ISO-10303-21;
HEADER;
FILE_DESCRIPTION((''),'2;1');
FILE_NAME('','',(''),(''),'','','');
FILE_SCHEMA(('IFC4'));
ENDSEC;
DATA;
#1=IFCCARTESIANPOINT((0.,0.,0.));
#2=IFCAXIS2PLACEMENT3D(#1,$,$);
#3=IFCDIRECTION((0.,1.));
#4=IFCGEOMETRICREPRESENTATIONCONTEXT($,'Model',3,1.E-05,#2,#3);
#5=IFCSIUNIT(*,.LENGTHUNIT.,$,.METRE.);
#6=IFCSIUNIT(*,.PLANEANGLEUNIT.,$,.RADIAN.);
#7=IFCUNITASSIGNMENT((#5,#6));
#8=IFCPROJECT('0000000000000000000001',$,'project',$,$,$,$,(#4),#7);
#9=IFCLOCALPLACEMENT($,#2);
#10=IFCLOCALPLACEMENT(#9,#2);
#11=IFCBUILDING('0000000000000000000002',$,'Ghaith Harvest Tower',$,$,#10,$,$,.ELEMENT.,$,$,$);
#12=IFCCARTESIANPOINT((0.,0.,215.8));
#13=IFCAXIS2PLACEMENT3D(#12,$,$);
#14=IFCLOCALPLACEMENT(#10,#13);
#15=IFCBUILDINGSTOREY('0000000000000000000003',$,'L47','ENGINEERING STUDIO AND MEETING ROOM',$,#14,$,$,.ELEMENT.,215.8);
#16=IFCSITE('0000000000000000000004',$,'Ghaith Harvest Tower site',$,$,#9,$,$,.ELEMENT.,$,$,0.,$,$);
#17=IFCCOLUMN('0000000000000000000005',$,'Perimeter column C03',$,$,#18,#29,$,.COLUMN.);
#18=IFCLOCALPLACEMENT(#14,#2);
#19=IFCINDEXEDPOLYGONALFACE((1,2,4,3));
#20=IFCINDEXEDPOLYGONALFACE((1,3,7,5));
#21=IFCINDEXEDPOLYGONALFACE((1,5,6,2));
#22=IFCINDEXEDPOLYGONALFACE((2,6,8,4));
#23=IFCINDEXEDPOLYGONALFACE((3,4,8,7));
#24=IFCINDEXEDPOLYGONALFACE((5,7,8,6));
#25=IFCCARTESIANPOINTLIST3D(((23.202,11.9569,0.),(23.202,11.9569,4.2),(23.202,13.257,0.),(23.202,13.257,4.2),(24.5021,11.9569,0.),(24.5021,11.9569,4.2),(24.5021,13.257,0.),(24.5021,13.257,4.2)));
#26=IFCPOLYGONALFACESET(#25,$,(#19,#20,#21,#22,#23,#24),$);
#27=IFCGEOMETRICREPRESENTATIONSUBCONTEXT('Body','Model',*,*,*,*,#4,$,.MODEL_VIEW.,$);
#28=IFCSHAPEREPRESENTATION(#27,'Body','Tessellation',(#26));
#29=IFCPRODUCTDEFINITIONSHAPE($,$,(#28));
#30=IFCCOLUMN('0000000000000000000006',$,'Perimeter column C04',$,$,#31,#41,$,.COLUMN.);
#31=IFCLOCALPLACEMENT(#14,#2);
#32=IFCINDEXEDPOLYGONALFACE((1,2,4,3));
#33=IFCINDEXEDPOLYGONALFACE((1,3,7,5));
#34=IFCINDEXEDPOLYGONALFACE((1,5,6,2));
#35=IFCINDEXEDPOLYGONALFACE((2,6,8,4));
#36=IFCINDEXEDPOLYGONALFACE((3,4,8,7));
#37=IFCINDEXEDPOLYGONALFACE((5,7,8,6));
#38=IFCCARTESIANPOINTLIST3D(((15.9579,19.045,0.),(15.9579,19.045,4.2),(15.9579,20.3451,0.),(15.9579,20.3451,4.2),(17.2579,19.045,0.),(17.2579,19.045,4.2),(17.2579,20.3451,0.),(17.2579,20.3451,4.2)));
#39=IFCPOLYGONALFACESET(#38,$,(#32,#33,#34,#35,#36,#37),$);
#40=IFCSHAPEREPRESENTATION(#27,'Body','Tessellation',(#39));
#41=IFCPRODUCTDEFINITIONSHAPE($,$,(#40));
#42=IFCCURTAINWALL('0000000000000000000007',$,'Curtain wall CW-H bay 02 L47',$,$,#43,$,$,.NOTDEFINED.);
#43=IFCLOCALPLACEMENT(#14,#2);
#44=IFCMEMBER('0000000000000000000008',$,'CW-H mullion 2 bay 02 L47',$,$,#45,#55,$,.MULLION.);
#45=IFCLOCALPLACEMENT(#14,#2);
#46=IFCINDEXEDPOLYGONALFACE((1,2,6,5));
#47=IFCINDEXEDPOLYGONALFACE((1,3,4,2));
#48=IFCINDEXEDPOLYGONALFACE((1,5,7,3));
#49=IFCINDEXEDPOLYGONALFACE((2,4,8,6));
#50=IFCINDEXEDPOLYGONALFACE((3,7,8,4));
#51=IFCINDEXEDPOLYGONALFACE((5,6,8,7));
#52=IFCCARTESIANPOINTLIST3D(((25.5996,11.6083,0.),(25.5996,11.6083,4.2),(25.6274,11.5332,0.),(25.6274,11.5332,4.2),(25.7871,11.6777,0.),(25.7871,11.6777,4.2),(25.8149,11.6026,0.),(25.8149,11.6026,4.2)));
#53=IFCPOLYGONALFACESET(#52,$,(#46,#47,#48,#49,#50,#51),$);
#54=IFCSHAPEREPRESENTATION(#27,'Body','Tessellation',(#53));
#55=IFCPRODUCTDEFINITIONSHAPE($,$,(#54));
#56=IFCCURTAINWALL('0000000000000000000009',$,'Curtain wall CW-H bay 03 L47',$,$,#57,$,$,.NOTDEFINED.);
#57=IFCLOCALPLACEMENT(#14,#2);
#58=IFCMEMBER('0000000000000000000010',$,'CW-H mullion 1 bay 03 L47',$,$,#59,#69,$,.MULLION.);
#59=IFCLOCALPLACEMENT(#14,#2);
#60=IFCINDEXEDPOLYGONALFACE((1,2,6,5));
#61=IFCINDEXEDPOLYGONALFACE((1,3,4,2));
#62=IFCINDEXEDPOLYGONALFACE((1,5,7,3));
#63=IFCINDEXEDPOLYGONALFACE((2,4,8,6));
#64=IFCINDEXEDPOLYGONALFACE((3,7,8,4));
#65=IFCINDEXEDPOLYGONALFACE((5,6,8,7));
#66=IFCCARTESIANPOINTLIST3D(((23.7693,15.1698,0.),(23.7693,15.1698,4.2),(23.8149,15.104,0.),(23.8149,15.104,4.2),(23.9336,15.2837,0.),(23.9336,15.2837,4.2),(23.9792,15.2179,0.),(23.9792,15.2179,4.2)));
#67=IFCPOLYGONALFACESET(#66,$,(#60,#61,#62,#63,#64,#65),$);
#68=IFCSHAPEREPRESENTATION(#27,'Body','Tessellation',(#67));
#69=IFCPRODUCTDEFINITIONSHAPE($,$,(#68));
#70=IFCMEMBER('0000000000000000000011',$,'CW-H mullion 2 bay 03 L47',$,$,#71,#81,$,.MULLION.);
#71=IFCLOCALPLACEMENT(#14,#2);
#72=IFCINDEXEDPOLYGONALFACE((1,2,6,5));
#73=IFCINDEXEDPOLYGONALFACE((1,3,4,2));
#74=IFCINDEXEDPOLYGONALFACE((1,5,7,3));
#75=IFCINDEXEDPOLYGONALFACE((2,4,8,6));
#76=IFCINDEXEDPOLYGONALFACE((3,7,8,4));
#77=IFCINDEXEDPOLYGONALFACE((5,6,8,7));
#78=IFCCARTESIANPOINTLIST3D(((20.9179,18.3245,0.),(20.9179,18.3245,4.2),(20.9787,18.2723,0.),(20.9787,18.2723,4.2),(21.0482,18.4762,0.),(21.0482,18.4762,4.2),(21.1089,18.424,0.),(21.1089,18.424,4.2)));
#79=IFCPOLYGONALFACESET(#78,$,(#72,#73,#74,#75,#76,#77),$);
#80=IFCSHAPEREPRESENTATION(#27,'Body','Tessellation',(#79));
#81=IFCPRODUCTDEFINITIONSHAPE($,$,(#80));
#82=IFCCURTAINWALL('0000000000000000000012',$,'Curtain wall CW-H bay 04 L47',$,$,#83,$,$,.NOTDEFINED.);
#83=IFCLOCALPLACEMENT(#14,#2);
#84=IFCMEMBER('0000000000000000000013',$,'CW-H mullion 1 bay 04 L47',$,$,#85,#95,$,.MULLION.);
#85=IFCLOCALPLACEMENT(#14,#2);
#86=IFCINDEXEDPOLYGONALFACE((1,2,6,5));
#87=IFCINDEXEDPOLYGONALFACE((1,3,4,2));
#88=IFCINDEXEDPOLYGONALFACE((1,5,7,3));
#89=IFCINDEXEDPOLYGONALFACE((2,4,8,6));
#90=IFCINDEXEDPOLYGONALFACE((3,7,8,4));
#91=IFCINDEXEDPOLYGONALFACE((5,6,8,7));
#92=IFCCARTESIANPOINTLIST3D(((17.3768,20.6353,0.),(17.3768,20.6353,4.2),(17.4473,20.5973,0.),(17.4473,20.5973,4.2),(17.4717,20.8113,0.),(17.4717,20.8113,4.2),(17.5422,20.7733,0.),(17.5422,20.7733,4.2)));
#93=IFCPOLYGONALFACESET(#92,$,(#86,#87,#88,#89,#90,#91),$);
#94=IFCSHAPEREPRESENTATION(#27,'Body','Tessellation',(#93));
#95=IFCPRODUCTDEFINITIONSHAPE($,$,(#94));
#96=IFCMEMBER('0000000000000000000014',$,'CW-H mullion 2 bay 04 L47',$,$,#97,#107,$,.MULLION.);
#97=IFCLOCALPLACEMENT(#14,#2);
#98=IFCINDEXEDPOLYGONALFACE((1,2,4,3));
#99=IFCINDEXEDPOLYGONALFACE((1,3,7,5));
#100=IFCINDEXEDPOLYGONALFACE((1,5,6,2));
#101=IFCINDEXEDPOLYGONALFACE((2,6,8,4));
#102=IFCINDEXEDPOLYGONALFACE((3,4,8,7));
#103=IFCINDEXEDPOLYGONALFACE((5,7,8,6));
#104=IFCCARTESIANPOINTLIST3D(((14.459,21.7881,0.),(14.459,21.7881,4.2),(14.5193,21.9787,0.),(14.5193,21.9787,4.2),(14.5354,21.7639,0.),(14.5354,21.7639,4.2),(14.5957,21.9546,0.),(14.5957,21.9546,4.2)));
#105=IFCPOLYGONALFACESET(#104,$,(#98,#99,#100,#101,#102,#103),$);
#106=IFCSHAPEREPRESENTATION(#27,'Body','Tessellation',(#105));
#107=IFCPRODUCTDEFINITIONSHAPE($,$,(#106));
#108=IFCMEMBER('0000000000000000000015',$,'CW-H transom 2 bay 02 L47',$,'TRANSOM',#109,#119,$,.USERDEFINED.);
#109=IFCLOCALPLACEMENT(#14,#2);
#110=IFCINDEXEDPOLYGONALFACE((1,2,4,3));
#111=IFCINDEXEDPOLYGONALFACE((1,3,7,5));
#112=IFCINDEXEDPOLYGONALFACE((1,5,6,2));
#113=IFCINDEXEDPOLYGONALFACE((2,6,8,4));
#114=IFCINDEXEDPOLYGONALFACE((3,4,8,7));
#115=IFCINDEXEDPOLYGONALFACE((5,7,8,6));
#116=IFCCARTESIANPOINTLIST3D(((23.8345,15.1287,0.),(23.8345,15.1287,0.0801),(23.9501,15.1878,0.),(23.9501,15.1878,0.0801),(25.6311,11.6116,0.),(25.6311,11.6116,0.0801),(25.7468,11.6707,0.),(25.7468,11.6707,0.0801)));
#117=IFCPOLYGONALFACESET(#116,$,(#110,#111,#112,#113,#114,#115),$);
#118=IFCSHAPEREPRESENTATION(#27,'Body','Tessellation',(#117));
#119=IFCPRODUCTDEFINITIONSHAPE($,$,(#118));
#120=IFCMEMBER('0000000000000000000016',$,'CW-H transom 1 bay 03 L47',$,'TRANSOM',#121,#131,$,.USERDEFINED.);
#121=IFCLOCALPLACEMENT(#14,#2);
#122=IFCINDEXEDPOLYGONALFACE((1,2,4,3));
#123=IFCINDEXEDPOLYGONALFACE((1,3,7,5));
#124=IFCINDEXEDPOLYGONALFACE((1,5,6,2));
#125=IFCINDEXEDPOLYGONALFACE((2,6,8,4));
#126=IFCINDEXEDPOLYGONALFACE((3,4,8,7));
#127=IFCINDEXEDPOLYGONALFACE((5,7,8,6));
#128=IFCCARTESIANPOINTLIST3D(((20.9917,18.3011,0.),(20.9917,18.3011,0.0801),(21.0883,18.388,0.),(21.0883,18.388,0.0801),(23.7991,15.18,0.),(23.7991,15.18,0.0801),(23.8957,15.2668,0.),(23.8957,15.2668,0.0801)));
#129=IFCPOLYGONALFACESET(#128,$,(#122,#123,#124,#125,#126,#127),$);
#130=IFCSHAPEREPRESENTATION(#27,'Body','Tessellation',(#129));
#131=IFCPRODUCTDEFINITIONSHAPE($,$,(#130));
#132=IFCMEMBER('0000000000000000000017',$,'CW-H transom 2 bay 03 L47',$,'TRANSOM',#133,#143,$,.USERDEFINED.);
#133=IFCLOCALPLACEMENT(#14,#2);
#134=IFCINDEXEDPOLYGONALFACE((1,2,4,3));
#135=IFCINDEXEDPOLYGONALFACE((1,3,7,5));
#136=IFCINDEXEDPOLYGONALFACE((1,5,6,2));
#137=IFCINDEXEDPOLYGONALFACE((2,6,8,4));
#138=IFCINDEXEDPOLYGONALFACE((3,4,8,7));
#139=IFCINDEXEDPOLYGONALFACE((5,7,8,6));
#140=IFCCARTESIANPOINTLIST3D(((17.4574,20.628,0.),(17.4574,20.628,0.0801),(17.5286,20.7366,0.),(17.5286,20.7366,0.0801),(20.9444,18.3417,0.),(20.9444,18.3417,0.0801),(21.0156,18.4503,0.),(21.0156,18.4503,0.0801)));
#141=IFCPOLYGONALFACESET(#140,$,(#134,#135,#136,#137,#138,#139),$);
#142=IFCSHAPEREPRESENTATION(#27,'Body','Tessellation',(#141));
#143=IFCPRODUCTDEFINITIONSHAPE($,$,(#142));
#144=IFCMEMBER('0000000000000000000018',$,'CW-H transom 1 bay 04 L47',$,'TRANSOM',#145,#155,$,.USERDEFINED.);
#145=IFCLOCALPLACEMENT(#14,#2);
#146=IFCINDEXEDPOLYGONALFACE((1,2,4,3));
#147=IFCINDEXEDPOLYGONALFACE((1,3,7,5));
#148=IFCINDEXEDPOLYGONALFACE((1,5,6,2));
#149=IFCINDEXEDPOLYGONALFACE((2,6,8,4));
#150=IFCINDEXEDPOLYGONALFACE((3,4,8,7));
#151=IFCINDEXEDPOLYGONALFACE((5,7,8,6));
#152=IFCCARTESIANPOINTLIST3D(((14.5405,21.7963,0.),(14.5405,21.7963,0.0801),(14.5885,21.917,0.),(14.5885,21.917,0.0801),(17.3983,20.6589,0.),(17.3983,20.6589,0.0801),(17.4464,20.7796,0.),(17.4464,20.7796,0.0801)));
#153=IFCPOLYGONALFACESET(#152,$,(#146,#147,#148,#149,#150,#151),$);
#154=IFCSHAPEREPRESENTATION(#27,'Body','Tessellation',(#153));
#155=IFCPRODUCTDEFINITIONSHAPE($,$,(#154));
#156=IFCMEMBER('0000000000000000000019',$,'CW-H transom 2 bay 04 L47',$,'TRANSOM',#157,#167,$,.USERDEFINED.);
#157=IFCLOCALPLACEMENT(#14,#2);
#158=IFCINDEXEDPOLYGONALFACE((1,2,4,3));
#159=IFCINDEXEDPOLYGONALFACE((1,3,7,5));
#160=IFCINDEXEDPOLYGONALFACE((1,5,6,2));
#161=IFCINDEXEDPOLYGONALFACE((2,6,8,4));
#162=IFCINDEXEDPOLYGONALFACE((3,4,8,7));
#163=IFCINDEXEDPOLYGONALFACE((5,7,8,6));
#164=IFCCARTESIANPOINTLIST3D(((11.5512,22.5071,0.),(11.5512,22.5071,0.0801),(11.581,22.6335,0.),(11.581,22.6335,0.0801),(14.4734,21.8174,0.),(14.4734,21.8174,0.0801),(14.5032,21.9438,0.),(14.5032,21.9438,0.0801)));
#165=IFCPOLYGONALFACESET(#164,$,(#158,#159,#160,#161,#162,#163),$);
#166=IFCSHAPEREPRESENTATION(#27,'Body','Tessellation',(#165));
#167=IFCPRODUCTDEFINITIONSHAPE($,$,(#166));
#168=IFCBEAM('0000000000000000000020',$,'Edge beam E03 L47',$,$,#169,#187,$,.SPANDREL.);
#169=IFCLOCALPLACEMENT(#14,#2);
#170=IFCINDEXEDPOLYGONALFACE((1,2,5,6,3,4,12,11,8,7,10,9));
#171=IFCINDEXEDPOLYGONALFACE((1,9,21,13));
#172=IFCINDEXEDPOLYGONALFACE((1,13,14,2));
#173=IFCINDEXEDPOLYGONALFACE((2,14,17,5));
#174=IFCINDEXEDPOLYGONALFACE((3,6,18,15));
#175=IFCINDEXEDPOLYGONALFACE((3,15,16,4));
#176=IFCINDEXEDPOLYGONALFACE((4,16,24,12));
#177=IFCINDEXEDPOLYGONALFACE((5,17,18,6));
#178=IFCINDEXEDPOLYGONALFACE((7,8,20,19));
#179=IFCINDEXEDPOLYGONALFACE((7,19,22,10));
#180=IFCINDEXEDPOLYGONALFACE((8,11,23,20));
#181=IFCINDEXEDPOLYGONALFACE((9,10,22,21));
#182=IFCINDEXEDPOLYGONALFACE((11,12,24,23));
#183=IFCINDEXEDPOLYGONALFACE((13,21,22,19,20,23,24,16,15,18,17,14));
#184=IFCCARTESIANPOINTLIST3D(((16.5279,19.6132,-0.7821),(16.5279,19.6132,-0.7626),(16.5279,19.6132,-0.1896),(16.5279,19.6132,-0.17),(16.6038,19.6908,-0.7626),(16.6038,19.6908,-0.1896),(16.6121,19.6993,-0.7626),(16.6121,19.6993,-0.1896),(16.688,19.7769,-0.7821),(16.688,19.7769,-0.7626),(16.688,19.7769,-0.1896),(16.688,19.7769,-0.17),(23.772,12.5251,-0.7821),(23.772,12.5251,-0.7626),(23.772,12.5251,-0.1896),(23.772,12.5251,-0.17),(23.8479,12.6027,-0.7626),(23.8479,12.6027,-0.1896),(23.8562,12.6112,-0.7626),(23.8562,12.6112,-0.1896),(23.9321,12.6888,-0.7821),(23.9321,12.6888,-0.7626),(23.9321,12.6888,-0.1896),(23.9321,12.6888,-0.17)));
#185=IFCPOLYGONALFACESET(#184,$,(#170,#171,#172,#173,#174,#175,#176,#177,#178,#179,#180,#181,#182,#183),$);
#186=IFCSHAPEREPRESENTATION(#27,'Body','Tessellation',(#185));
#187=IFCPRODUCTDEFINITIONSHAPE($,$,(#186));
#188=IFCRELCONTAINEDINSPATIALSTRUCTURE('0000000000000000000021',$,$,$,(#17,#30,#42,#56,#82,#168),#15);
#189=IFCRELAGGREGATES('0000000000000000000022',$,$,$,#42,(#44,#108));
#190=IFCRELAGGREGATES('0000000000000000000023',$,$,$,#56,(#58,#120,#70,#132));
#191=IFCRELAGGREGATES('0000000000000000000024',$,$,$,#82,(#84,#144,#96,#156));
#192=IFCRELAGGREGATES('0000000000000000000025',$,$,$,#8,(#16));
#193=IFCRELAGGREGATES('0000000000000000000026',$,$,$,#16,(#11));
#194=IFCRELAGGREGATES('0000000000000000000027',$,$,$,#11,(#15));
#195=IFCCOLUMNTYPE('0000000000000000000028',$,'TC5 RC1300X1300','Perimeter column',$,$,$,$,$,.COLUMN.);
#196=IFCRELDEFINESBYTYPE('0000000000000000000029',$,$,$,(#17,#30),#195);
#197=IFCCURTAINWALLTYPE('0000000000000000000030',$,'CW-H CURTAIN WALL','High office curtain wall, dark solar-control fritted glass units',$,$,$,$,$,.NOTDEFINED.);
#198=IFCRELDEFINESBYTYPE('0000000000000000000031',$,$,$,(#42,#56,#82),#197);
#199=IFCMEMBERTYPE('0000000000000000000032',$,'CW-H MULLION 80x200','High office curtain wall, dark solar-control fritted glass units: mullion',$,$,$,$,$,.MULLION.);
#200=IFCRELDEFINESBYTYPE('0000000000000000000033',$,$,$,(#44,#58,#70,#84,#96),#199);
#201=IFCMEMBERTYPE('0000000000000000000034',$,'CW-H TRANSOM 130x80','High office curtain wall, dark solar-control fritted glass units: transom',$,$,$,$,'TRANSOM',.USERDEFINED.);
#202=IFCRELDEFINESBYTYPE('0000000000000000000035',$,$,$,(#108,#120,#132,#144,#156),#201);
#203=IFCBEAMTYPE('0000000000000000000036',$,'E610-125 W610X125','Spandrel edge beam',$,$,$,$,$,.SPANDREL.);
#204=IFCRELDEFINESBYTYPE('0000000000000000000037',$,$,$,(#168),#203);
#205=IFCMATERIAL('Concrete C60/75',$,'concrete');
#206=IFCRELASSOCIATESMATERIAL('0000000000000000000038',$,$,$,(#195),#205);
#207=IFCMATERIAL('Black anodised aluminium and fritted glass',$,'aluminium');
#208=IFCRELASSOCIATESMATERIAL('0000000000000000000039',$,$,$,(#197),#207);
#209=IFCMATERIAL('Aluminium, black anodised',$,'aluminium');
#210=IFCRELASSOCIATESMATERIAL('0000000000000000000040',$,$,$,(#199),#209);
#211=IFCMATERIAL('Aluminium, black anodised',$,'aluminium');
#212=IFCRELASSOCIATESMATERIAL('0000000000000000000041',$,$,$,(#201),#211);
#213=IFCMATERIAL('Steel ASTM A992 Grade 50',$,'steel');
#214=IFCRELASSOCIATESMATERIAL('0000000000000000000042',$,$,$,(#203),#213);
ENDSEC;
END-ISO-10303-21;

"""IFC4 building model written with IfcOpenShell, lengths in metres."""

from ifc_helpers import new_model, si_unit, direction, frame, origin, origin_2d, place, context, subcontext, project, spatial, rectangle, i_section, extrude, material, material_profile, profile_set, type_object, element, aggregate, save


model = new_model("IFC4")

# Units and contexts
model_context = context("Model", 3, precision=1e-05, world=origin(), true_north=direction((0.0, 1.0)))
body_context = subcontext(model_context, "Body", "Model", "MODEL_VIEW")
ifc_project = project(units=[si_unit("LENGTHUNIT", "METRE"), si_unit("PLANEANGLEUNIT", "RADIAN")], contexts=[model_context])

# Site, building, storey
site_placement = place(None, origin())
site = spatial("IfcSite", under=ifc_project, at=site_placement, Name="Ghaith Harvest Tower site", CompositionType="ELEMENT", RefElevation=0.0)
building_placement = place(site_placement, origin())
building = spatial("IfcBuilding", under=site, at=building_placement, Name="Ghaith Harvest Tower", CompositionType="ELEMENT")
storey_placement = place(building_placement, frame((0.0, 0.0, 215.8)))
storey = spatial("IfcBuildingStorey", under=building, at=storey_placement, Name="L47", Description="ENGINEERING STUDIO AND MEETING ROOM", CompositionType="ELEMENT", Elevation=215.8)

# Columns
ifc_material_1 = material(Name="Concrete C60/75", Category="concrete")
ifc_material_profile_1 = material_profile(ifc_material_1, rectangle(XDim=1.3, YDim=1.3, at=origin_2d()), Name="RC1300X1300")
ifc_profile_set_1 = profile_set([ifc_material_profile_1], Name="Concrete C60/75")
column_type = type_object("IfcColumnType", Name="TC5 RC1300X1300", Description="Perimeter column", PredefinedType="COLUMN", material=ifc_profile_set_1)
for number, where, z_axis, x_axis, name in (
    (1, (23.8521, 12.6069, 0.0), (0.0, 0.0, 1.0), (1.0, 0.0, 0.0), "Perimeter column C03"),
    (2, (16.6079, 19.6951, 0.0), (0.0, 0.0, 1.0), (1.0, 0.0, 0.0), "Perimeter column C04"),
):
    element("IfcColumn", number, at=place(storey_placement, frame(where, z_axis=z_axis, x_axis=x_axis)), inside=storey, type_object=column_type, Name=name, PredefinedType="COLUMN", context=body_context, shape_type="SweptSolid", body=[
        extrude(rectangle(XDim=1.3, YDim=1.3, at=origin_2d()), origin(), (0.0, 0.0, 1.0), 4.2),
    ])

# Curtain wall, member
ifc_material_2 = material(Name="Black anodised aluminium and fritted glass", Category="aluminium")
curtain_wall_type = type_object("IfcCurtainWallType", Name="CW-H CURTAIN WALL", Description="High office curtain wall, dark solar-control fritted glass units", PredefinedType="NOTDEFINED", material=ifc_material_2)
curtain_wall_1_placement = place(storey_placement, origin())
curtain_wall_1 = element("IfcCurtainWall", 3, at=curtain_wall_1_placement, inside=storey, type_object=curtain_wall_type, Name="Curtain wall CW-H bay 02 L47", PredefinedType="NOTDEFINED")
ifc_material_3 = material(Name="Aluminium, black anodised", Category="aluminium")
ifc_material_profile_2 = material_profile(ifc_material_3, rectangle(XDim=0.0801, YDim=0.2, at=origin_2d()), Name="CW-H MULLION 80x200")
ifc_profile_set_2 = profile_set([ifc_material_profile_2], Name="Aluminium, black anodised")
member_type_1 = type_object("IfcMemberType", Name="CW-H MULLION 80x200", Description="High office curtain wall, dark solar-control fritted glass units: mullion", PredefinedType="MULLION", material=ifc_profile_set_2)
member_1_placement = place(storey_placement, frame((25.7073, 11.6055, 0.0), z_axis=(0.0, 0.0, 1.0), x_axis=(-0.347012, 0.937861, 0.0)))
member_1 = element("IfcMember", 4, at=member_1_placement, type_object=member_type_1, Name="CW-H mullion 2 bay 02 L47", PredefinedType="MULLION", context=body_context, shape_type="SweptSolid", body=[
    extrude(rectangle(XDim=0.0801, YDim=0.2, at=origin_2d()), origin(), (0.0, 0.0, 1.0), 4.2),
])

# Curtain walls, members
curtain_wall_2_placement = place(storey_placement, origin())
curtain_wall_2 = element("IfcCurtainWall", 5, at=curtain_wall_2_placement, inside=storey, type_object=curtain_wall_type, Name="Curtain wall CW-H bay 03 L47", PredefinedType="NOTDEFINED")
member_2_placement = place(storey_placement, frame((23.8743, 15.1938, 0.0), z_axis=(0.0, 0.0, 1.0), x_axis=(-0.569847, 0.821751, 0.0)))
member_2 = element("IfcMember", 6, at=member_2_placement, type_object=member_type_1, Name="CW-H mullion 1 bay 03 L47", PredefinedType="MULLION", context=body_context, shape_type="SweptSolid", body=[
    extrude(rectangle(XDim=0.0801, YDim=0.2, at=origin_2d()), origin(), (0.0, 0.0, 1.0), 4.2),
])
member_3_placement = place(storey_placement, frame((21.0134, 18.3743, 0.0), z_axis=(0.0, 0.0, 1.0), x_axis=(-0.758541, 0.651625, 0.0)))
member_3 = element("IfcMember", 7, at=member_3_placement, type_object=member_type_1, Name="CW-H mullion 2 bay 03 L47", PredefinedType="MULLION", context=body_context, shape_type="SweptSolid", body=[
    extrude(rectangle(XDim=0.0801, YDim=0.2, at=origin_2d()), origin(), (0.0, 0.0, 1.0), 4.2),
])
curtain_wall_3_placement = place(storey_placement, origin())
curtain_wall_3 = element("IfcCurtainWall", 8, at=curtain_wall_3_placement, inside=storey, type_object=curtain_wall_type, Name="Curtain wall CW-H bay 04 L47", PredefinedType="NOTDEFINED")
member_4_placement = place(storey_placement, frame((17.4595, 20.7043, 0.0), z_axis=(0.0, 0.0, 1.0), x_axis=(-0.880203, 0.474597, 0.0)))
member_4 = element("IfcMember", 9, at=member_4_placement, type_object=member_type_1, Name="CW-H mullion 1 bay 04 L47", PredefinedType="MULLION", context=body_context, shape_type="SweptSolid", body=[
    extrude(rectangle(XDim=0.0801, YDim=0.2, at=origin_2d()), origin(), (0.0, 0.0, 1.0), 4.2),
])
member_5_placement = place(storey_placement, frame((14.5273, 21.8713, 0.0), z_axis=(0.0, 0.0, 1.0), x_axis=(-0.953503, 0.301384, 0.0)))
member_5 = element("IfcMember", 10, at=member_5_placement, type_object=member_type_1, Name="CW-H mullion 2 bay 04 L47", PredefinedType="MULLION", context=body_context, shape_type="SweptSolid", body=[
    extrude(rectangle(XDim=0.0801, YDim=0.2, at=origin_2d()), origin(), (0.0, 0.0, 1.0), 4.2),
])

# Members
ifc_material_4 = material(Name="Aluminium, black anodised", Category="aluminium")
ifc_material_profile_3 = material_profile(ifc_material_4, rectangle(XDim=0.1299, YDim=0.0801, at=origin_2d()), Name="CW-H TRANSOM 130x80")
ifc_profile_set_3 = profile_set([ifc_material_profile_3], Name="Aluminium, black anodised")
member_type_2 = type_object("IfcMemberType", Name="CW-H TRANSOM 130x80", Description="High office curtain wall, dark solar-control fritted glass units: transom", ElementType="TRANSOM", PredefinedType="USERDEFINED", material=ifc_profile_set_3)
member_6_placement = place(storey_placement, frame((25.689, 11.6411, 0.04), z_axis=(-0.454912, 0.890537, 0.0), x_axis=(-0.890537, -0.454912, 0.0)))
member_6 = element("IfcMember", 11, at=member_6_placement, type_object=member_type_2, Name="CW-H transom 2 bay 02 L47", ObjectType="TRANSOM", PredefinedType="USERDEFINED", context=body_context, shape_type="SweptSolid", body=[
    extrude(rectangle(XDim=0.1299, YDim=0.0801, at=origin_2d()), origin(), (0.0, 0.0, 1.0), 3.9495),
])
member_7_placement = place(storey_placement, frame((23.8474, 15.2234, 0.04), z_axis=(-0.668753, 0.743485, 0.0), x_axis=(-0.743485, -0.668753, 0.0)))
member_7 = element("IfcMember", 12, at=member_7_placement, type_object=member_type_2, Name="CW-H transom 1 bay 03 L47", ObjectType="TRANSOM", PredefinedType="USERDEFINED", context=body_context, shape_type="SweptSolid", body=[
    extrude(rectangle(XDim=0.1299, YDim=0.0801, at=origin_2d()), origin(), (0.0, 0.0, 1.0), 4.198),
])
member_8_placement = place(storey_placement, frame((20.98, 18.396, 0.04), z_axis=(-0.836269, 0.54832, 0.0), x_axis=(-0.54832, -0.836269, 0.0)))
member_8 = element("IfcMember", 13, at=member_8_placement, type_object=member_type_2, Name="CW-H transom 2 bay 03 L47", ObjectType="TRANSOM", PredefinedType="USERDEFINED", context=body_context, shape_type="SweptSolid", body=[
    extrude(rectangle(XDim=0.1299, YDim=0.0801, at=origin_2d()), origin(), (0.0, 0.0, 1.0), 4.1697),
])
member_9_placement = place(storey_placement, frame((17.4224, 20.7192, 0.04), z_axis=(-0.929116, 0.369789, 0.0), x_axis=(-0.369789, -0.929116, 0.0)))
member_9 = element("IfcMember", 14, at=member_9_placement, type_object=member_type_2, Name="CW-H transom 1 bay 04 L47", ObjectType="TRANSOM", PredefinedType="USERDEFINED", context=body_context, shape_type="SweptSolid", body=[
    extrude(rectangle(XDim=0.1299, YDim=0.0801, at=origin_2d()), origin(), (0.0, 0.0, 1.0), 3.0759),
])
member_10_placement = place(storey_placement, frame((14.4883, 21.8806, 0.04), z_axis=(-0.973258, 0.229715, 0.0), x_axis=(-0.229715, -0.973258, 0.0)))
member_10 = element("IfcMember", 15, at=member_10_placement, type_object=member_type_2, Name="CW-H transom 2 bay 04 L47", ObjectType="TRANSOM", PredefinedType="USERDEFINED", context=body_context, shape_type="SweptSolid", body=[
    extrude(rectangle(XDim=0.1299, YDim=0.0801, at=origin_2d()), origin(), (0.0, 0.0, 1.0), 3.0024),
])

# Beam
ifc_material_5 = material(Name="Steel ASTM A992 Grade 50", Category="steel")
ifc_material_profile_4 = material_profile(ifc_material_5, i_section(OverallWidth=0.229, OverallDepth=0.6121, WebThickness=0.012, FlangeThickness=0.0195, at=origin_2d()), Name="W610X125")
ifc_profile_set_4 = profile_set([ifc_material_profile_4], Name="Steel ASTM A992 Grade 50")
beam_type = type_object("IfcBeamType", Name="E610-125 W610X125", Description="Spandrel edge beam", PredefinedType="SPANDREL", material=ifc_profile_set_4)
beam_1_placement = place(storey_placement, frame((23.8521, 12.6069, -0.4761), z_axis=(-0.714761, 0.699369, 0.0), x_axis=(-0.699369, -0.714761, 0.0)))
element("IfcBeam", 16, at=beam_1_placement, inside=storey, type_object=beam_type, Name="Edge beam E03 L47", PredefinedType="SPANDREL", context=body_context, shape_type="SweptSolid", body=[
    extrude(i_section(OverallWidth=0.229, OverallDepth=0.6121, WebThickness=0.012, FlangeThickness=0.0195, at=origin_2d()), origin(), (0.0, 0.0, 1.0), 10.135),
])

aggregate(curtain_wall_1, [member_1, member_6])
aggregate(curtain_wall_2, [member_2, member_7, member_3, member_8])
aggregate(curtain_wall_3, [member_4, member_9, member_5, member_10])

save(model, "model.ifc")
